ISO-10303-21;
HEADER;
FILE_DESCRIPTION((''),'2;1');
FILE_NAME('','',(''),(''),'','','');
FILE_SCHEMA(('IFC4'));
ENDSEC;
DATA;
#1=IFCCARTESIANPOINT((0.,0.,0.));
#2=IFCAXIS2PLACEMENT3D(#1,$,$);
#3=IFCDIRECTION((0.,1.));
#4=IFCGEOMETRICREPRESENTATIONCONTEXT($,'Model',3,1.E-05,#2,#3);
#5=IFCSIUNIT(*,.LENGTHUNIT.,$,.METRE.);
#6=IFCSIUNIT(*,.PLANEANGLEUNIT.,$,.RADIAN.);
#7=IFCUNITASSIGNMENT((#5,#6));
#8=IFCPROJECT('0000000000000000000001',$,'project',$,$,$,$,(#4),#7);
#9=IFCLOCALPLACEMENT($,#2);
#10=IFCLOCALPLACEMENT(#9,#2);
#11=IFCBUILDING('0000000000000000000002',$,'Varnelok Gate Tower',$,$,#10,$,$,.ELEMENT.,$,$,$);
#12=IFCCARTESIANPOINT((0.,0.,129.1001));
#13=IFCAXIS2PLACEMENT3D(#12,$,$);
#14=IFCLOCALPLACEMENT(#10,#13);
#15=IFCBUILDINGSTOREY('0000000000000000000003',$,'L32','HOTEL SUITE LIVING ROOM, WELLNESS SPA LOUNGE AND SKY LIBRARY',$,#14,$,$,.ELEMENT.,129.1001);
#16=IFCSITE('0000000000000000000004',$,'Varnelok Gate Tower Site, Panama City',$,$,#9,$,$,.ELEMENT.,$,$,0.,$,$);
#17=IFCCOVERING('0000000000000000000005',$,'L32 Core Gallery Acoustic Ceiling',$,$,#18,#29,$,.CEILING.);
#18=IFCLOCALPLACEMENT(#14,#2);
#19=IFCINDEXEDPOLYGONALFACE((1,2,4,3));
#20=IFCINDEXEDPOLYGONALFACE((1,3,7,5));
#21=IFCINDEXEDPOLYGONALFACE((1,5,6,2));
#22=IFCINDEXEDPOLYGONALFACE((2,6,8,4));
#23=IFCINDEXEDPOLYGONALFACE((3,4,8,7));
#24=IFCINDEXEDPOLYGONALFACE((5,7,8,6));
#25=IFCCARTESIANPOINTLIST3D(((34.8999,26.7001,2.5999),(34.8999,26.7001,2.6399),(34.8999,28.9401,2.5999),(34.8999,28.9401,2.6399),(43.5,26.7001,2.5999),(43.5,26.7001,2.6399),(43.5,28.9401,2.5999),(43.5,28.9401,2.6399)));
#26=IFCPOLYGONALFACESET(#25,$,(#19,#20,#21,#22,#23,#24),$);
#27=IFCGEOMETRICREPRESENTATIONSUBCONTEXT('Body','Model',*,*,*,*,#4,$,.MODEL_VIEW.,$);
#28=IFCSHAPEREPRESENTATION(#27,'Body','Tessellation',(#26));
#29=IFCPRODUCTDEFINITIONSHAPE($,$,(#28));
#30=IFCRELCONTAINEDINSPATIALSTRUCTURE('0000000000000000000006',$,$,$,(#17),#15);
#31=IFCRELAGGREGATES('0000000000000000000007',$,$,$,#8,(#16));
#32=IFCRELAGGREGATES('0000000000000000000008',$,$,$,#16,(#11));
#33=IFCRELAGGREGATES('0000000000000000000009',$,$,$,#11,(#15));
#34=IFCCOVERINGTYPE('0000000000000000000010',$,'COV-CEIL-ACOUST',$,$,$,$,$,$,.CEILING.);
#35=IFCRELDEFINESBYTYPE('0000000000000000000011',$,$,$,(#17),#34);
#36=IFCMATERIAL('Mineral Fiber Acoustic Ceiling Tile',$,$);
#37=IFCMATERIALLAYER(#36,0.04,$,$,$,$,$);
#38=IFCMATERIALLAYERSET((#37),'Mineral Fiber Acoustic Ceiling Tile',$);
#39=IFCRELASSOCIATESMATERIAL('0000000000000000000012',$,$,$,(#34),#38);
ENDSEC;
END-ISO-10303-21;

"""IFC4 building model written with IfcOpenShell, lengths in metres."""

from ifc_helpers import new_model, si_unit, direction, frame, origin, origin_2d, place, context, subcontext, project, spatial, rectangle, extrude, source, transform, mapped, material, layer, layer_set, type_object, element, save


model = new_model("IFC4")

# Units and contexts
model_context = context("Model", 3, precision=1e-05, world=origin(), true_north=direction((0.0, 1.0)))
body_context = subcontext(model_context, "Body", "Model", "MODEL_VIEW")
ifc_project = project(units=[si_unit("LENGTHUNIT", "METRE"), si_unit("PLANEANGLEUNIT", "RADIAN")], contexts=[model_context])

# Site, building, storey
site_placement = place(None, origin())
site = spatial("IfcSite", under=ifc_project, at=site_placement, Name="Varnelok Gate Tower Site, Panama City", CompositionType="ELEMENT", RefElevation=0.0)
building_placement = place(site_placement, origin())
building = spatial("IfcBuilding", under=site, at=building_placement, Name="Varnelok Gate Tower", CompositionType="ELEMENT")
storey_placement = place(building_placement, frame((0.0, 0.0, 129.1001)))
storey = spatial("IfcBuildingStorey", under=building, at=storey_placement, Name="L32", Description="HOTEL SUITE LIVING ROOM, WELLNESS SPA LOUNGE AND SKY LIBRARY", CompositionType="ELEMENT", Elevation=129.1001)

# Covering
ifc_material_1 = material(Name="Mineral Fiber Acoustic Ceiling Tile")
ifc_layer_1 = layer(ifc_material_1, 0.04)
ifc_layer_set_1 = layer_set([ifc_layer_1], Name="Mineral Fiber Acoustic Ceiling Tile")
covering_type_1 = type_object("IfcCoveringType", Name="COV-CEIL-ACOUST", PredefinedType="CEILING", material=ifc_layer_set_1)
shared_shape_1 = source(origin(), body_context, "Body", "SweptSolid", [
    extrude(rectangle(XDim=8.6001, YDim=2.24, at=origin_2d()), origin(), (0.0, 0.0, 1.0), 0.04),
])
covering_1_placement = place(storey_placement, frame((39.2, 27.8201, 2.5999), z_axis=(0.0, 0.0, 1.0), x_axis=(1.0, 0.0, 0.0)))
element("IfcCovering", 1, at=covering_1_placement, inside=storey, type_object=covering_type_1, Name="L32 Core Gallery Acoustic Ceiling", PredefinedType="CEILING", context=body_context, shape_type="MappedRepresentation", body=[
    mapped(shared_shape_1, transform((0.0, 0.0, 0.0), scale=1.0)),
])

save(model, "model.ifc")
